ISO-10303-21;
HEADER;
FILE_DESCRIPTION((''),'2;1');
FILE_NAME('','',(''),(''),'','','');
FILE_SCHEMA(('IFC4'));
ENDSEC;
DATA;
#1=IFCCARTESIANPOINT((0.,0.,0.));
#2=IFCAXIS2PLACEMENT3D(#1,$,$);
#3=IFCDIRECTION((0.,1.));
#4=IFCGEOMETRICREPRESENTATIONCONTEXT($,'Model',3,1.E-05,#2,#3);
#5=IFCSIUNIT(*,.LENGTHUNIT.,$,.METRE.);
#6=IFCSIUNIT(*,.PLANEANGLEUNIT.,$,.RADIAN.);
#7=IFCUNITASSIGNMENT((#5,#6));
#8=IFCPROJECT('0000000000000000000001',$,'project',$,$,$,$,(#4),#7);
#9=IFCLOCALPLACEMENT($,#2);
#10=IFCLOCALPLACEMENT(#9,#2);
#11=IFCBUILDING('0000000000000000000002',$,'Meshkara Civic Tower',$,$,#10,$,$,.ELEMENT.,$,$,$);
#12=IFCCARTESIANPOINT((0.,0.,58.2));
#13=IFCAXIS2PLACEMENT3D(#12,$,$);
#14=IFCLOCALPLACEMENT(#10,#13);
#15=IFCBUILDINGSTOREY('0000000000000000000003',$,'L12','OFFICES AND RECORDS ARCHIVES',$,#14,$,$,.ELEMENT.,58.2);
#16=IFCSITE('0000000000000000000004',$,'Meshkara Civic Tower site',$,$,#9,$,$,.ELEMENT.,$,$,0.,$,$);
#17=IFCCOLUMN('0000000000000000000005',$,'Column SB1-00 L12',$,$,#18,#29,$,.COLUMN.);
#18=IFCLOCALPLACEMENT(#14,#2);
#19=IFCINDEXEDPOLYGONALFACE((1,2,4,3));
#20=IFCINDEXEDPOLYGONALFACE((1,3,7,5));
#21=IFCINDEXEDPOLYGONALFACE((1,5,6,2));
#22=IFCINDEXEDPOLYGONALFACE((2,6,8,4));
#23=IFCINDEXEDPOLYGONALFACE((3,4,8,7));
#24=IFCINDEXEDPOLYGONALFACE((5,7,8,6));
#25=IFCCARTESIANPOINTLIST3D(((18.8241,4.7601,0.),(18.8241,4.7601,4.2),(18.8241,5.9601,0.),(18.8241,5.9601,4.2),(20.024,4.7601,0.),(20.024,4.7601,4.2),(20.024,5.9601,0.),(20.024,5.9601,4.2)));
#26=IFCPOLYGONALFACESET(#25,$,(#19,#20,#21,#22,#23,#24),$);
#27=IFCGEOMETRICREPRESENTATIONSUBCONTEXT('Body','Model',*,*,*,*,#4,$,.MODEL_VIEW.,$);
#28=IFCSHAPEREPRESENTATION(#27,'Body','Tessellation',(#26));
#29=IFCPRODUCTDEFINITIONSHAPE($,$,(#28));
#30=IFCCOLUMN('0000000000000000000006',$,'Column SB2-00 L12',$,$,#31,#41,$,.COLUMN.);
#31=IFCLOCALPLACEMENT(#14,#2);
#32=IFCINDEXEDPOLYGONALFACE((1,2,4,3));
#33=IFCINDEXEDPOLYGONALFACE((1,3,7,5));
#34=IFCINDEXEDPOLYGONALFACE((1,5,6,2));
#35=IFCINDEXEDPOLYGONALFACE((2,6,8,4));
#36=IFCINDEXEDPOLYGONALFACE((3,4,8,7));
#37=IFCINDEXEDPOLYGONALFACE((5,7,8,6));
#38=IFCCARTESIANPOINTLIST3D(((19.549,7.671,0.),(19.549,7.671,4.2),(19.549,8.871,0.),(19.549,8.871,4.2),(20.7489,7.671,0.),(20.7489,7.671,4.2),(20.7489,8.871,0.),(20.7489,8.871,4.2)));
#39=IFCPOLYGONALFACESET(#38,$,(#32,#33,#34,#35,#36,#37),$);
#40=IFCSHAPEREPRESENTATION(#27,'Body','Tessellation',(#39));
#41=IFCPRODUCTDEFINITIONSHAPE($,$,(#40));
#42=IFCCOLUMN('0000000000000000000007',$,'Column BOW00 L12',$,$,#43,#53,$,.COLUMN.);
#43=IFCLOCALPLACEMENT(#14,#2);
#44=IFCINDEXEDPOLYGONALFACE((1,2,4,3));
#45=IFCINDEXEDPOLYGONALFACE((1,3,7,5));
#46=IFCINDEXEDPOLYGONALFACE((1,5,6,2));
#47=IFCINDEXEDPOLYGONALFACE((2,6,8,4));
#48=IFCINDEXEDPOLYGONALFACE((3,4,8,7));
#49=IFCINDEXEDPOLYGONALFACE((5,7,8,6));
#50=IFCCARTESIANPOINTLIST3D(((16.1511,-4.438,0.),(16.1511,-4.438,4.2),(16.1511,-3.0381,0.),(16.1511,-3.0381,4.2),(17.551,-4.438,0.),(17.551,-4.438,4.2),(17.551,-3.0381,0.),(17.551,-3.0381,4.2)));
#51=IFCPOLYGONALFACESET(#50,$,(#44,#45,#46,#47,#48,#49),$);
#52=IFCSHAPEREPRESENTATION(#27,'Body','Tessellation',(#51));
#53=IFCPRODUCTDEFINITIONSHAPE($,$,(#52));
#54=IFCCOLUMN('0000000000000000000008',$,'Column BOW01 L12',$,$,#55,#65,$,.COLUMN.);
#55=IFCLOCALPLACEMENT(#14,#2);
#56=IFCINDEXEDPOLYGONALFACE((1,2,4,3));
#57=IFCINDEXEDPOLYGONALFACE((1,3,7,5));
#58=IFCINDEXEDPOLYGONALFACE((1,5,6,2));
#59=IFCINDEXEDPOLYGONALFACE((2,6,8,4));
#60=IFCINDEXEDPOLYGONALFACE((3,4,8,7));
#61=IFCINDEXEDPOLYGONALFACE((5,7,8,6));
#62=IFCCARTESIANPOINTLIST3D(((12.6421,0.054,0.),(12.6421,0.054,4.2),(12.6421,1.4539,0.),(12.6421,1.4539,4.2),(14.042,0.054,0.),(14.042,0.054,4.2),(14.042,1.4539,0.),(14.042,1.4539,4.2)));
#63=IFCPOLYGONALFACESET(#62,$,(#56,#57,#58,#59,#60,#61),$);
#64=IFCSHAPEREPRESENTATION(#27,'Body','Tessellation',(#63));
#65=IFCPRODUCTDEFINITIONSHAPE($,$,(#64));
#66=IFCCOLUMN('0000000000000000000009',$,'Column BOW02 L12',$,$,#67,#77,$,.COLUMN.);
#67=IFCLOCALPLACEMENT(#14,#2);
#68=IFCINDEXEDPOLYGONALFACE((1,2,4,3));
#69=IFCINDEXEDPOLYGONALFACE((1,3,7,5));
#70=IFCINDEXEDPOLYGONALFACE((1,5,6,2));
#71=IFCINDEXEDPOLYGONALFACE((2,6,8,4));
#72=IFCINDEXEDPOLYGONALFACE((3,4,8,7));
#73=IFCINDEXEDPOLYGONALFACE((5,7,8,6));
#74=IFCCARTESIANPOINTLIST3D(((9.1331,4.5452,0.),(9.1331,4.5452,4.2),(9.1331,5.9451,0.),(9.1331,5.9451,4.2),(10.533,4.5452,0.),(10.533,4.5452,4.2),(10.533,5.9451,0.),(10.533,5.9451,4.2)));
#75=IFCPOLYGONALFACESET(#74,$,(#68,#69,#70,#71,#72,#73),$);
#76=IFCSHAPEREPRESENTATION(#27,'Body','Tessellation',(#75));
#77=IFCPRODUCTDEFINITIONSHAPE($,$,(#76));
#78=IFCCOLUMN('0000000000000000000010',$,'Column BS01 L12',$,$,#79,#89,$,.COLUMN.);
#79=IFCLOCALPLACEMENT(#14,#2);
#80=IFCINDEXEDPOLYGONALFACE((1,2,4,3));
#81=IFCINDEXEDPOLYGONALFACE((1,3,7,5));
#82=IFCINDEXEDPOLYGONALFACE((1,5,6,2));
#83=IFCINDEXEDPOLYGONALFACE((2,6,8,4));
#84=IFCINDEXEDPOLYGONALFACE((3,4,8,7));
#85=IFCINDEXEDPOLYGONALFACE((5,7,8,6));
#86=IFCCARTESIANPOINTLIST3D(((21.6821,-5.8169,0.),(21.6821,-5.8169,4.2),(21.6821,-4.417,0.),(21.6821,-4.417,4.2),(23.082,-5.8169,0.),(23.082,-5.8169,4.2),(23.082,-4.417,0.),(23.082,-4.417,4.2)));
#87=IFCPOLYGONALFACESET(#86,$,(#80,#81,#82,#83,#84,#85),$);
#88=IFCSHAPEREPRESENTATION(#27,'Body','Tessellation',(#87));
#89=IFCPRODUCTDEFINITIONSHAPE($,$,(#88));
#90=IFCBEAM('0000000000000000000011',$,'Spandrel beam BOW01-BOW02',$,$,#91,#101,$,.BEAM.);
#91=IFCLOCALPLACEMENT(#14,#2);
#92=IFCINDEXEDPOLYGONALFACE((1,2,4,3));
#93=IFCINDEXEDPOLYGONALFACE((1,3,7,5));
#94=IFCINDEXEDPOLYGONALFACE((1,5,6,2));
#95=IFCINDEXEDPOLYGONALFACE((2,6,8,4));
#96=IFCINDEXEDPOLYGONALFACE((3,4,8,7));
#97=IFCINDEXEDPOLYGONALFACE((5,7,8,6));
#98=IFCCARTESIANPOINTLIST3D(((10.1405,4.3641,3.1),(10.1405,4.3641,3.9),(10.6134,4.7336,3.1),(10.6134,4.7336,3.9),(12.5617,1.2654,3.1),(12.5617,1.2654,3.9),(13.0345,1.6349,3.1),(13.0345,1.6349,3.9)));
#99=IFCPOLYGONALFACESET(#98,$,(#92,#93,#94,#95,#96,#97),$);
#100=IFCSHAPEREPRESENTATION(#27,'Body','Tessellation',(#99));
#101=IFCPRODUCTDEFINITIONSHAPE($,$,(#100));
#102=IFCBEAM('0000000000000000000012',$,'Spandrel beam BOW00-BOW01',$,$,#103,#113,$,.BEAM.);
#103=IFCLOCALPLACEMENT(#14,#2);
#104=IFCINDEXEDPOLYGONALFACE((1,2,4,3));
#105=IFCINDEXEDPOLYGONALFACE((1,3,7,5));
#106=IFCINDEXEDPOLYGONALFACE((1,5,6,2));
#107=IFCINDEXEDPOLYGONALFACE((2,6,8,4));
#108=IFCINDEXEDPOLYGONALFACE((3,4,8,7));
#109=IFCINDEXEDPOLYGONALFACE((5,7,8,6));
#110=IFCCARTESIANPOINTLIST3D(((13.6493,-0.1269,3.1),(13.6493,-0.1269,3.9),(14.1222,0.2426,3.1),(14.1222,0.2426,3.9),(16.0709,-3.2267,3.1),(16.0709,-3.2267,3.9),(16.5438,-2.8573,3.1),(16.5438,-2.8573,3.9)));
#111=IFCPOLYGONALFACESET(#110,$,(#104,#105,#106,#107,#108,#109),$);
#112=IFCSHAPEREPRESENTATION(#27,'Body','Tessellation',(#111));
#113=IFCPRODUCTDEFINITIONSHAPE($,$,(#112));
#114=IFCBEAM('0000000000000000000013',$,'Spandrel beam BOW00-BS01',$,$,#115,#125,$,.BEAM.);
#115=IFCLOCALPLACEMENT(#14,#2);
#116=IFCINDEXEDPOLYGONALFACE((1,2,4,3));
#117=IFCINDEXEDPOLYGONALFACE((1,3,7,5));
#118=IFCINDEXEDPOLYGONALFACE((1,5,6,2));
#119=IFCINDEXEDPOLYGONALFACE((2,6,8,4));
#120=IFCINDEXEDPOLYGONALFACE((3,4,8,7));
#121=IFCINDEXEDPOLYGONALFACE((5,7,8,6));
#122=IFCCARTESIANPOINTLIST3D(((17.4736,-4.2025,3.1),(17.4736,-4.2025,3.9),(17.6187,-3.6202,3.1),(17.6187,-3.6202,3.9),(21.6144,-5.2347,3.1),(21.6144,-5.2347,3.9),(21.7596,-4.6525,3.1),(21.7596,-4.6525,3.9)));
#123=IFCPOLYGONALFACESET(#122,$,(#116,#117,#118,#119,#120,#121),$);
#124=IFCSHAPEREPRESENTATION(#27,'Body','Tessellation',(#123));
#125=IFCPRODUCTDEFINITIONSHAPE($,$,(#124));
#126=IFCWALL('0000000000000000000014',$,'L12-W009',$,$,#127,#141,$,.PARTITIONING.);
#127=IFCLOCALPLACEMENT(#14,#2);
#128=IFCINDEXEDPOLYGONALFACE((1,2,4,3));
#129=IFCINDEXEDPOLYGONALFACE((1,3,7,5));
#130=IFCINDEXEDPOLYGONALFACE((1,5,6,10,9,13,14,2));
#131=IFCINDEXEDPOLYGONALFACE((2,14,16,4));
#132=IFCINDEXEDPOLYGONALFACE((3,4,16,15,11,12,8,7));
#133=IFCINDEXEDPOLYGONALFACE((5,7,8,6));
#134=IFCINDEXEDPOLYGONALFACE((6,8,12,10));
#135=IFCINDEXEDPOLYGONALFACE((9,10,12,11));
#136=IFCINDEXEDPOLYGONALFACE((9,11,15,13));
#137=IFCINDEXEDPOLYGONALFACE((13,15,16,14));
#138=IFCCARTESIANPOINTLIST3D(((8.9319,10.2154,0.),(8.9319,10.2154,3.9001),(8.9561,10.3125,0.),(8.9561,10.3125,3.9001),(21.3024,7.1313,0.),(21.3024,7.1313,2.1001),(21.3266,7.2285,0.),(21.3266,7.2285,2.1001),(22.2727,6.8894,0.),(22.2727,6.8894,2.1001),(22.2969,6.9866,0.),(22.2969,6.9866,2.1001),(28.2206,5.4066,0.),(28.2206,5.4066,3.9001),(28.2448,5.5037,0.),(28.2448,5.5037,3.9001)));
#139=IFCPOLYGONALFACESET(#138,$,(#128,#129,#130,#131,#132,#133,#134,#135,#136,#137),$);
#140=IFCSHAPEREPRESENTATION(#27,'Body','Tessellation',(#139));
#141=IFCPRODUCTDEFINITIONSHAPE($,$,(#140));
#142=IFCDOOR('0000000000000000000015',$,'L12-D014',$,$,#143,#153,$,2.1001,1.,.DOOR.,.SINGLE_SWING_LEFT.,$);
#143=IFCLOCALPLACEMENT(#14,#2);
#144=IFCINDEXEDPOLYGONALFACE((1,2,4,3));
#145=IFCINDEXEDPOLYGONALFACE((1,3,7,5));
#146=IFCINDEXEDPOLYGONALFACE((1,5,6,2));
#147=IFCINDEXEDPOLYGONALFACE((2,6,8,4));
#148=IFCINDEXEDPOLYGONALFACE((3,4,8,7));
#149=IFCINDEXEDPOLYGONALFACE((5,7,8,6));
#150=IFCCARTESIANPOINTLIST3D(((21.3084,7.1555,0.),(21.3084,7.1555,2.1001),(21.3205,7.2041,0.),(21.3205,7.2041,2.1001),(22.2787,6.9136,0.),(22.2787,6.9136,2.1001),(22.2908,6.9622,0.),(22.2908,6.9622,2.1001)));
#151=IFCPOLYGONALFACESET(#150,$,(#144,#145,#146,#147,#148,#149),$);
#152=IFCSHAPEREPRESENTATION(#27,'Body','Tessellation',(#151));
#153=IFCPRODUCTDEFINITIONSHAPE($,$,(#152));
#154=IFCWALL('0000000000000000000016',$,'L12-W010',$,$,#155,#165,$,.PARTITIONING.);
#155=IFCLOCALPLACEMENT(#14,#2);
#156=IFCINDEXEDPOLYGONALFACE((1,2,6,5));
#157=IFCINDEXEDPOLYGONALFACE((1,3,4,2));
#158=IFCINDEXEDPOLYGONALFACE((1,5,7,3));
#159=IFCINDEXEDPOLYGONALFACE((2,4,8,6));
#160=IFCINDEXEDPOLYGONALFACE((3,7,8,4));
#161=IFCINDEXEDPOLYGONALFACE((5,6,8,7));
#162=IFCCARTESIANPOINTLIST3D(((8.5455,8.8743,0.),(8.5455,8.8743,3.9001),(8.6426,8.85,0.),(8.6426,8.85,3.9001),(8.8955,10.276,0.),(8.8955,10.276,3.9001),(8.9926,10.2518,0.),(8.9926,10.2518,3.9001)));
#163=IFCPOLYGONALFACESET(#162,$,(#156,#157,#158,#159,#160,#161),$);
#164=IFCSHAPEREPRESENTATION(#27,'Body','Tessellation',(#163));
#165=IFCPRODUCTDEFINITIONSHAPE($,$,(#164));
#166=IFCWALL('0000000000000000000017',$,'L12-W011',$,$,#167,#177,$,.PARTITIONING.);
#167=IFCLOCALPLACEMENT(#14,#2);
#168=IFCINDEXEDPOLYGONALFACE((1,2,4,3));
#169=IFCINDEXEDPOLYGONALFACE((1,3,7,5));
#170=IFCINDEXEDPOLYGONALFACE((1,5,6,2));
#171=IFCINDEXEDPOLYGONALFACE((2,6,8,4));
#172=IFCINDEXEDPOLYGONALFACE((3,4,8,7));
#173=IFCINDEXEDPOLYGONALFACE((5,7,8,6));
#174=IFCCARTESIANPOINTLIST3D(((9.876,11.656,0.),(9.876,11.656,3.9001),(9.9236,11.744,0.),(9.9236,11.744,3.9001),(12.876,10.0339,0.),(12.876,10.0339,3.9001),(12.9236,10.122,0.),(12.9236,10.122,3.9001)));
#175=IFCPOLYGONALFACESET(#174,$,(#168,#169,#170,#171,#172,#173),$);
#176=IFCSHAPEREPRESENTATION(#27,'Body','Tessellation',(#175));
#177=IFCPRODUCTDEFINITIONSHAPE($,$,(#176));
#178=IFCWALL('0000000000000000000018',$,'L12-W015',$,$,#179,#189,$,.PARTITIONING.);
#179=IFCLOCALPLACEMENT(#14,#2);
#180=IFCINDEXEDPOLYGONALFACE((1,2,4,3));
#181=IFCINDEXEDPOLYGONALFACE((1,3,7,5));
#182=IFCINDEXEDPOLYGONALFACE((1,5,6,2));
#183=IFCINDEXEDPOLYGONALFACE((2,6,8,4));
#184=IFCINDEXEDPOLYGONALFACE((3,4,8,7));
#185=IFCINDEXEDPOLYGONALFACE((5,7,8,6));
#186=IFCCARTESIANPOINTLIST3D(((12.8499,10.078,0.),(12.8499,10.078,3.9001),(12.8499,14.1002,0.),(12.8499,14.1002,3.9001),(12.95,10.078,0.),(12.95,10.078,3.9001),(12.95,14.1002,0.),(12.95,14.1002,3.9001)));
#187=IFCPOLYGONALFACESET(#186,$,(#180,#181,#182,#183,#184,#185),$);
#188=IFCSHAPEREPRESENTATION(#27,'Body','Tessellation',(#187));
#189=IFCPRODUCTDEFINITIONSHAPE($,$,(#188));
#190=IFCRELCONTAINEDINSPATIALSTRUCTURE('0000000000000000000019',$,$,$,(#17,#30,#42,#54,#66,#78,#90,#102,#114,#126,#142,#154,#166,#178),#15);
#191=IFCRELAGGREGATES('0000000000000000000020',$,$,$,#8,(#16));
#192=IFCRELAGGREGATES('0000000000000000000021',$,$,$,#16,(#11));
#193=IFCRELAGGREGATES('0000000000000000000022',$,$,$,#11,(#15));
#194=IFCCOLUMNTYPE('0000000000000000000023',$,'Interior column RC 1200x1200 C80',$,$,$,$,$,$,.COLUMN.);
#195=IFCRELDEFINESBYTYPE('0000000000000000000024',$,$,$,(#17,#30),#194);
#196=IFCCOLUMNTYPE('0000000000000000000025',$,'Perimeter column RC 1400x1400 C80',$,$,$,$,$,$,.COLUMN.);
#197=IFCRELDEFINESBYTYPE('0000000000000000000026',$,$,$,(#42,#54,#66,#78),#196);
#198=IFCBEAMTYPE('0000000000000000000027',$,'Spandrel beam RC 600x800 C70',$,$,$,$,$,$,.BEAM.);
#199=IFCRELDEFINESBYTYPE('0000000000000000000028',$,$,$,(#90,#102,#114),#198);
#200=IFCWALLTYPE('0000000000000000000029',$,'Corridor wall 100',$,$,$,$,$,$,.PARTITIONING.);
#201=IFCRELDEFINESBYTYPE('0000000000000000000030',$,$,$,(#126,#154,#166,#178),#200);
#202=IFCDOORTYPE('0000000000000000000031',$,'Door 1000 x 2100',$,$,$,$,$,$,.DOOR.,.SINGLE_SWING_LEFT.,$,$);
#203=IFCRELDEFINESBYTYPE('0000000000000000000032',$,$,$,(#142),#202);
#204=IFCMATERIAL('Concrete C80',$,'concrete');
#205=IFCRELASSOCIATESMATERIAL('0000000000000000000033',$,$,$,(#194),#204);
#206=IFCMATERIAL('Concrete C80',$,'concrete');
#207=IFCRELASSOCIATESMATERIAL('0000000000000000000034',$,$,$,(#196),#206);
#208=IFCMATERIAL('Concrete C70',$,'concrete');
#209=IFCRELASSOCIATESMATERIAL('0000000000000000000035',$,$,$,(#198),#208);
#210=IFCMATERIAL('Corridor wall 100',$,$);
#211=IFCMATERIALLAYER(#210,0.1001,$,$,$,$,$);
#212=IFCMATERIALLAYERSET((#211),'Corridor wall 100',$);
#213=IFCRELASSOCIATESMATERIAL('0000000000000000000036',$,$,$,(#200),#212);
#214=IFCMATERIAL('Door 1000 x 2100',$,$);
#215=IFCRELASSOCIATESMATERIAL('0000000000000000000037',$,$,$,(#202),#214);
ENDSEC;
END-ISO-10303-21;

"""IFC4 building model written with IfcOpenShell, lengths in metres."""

from ifc_helpers import new_model, si_unit, direction, frame, frame_2d, origin, origin_2d, place, context, subcontext, project, spatial, rectangle, extrude, material, layer, layer_set, material_profile, profile_set, type_object, element, fill, save


model = new_model("IFC4")

# Units and contexts
model_context = context("Model", 3, precision=1e-05, world=origin(), true_north=direction((0.0, 1.0)))
body_context = subcontext(model_context, "Body", "Model", "MODEL_VIEW")
ifc_project = project(units=[si_unit("LENGTHUNIT", "METRE"), si_unit("PLANEANGLEUNIT", "RADIAN")], contexts=[model_context])

# Site, building, storey
site_placement = place(None, origin())
site = spatial("IfcSite", under=ifc_project, at=site_placement, Name="Meshkara Civic Tower site", CompositionType="ELEMENT", RefElevation=0.0)
building_placement = place(site_placement, origin())
building = spatial("IfcBuilding", under=site, at=building_placement, Name="Meshkara Civic Tower", CompositionType="ELEMENT")
storey_placement = place(building_placement, frame((0.0, 0.0, 58.2)))
storey = spatial("IfcBuildingStorey", under=building, at=storey_placement, Name="L12", Description="OFFICES AND RECORDS ARCHIVES", CompositionType="ELEMENT", Elevation=58.2)

# Columns
ifc_material_1 = material(Name="Concrete C80", Category="concrete")
ifc_material_profile_1 = material_profile(ifc_material_1, rectangle(XDim=1.2, YDim=1.2, at=origin_2d()))
ifc_profile_set_1 = profile_set([ifc_material_profile_1], Name="Concrete C80")
column_type_1 = type_object("IfcColumnType", Name="Interior column RC 1200x1200 C80", PredefinedType="COLUMN", material=ifc_profile_set_1)
for number, where, z_axis, x_axis, name in (
    (1, (19.4241, 5.3601, 0.0), (0.0, 0.0, 1.0), (1.0, 0.0, 0.0), "Column SB1-00 L12"),
    (2, (20.1489, 8.271, 0.0), (0.0, 0.0, 1.0), (1.0, 0.0, 0.0), "Column SB2-00 L12"),
):
    element("IfcColumn", number, at=place(storey_placement, frame(where, z_axis=z_axis, x_axis=x_axis)), inside=storey, type_object=column_type_1, Name=name, PredefinedType="COLUMN", context=body_context, shape_type="SweptSolid", body=[
        extrude(rectangle(XDim=1.2, YDim=1.2, at=origin_2d()), origin(), (0.0, 0.0, 1.0), 4.2),
    ])
ifc_material_2 = material(Name="Concrete C80", Category="concrete")
ifc_material_profile_2 = material_profile(ifc_material_2, rectangle(XDim=1.3999, YDim=1.3999, at=origin_2d()))
ifc_profile_set_2 = profile_set([ifc_material_profile_2], Name="Concrete C80")
column_type_2 = type_object("IfcColumnType", Name="Perimeter column RC 1400x1400 C80", PredefinedType="COLUMN", material=ifc_profile_set_2)
for number, where, z_axis, x_axis, name in (
    (3, (16.8511, -3.738, 0.0), (0.0, 0.0, 1.0), (1.0, 0.0, 0.0), "Column BOW00 L12"),
    (4, (13.342, 0.7539, 0.0), (0.0, 0.0, 1.0), (1.0, 0.0, 0.0), "Column BOW01 L12"),
    (5, (9.833, 5.2451, 0.0), (0.0, 0.0, 1.0), (1.0, 0.0, 0.0), "Column BOW02 L12"),
    (6, (22.3821, -5.1169, 0.0), (0.0, 0.0, 1.0), (1.0, 0.0, 0.0), "Column BS01 L12"),
):
    element("IfcColumn", number, at=place(storey_placement, frame(where, z_axis=z_axis, x_axis=x_axis)), inside=storey, type_object=column_type_2, Name=name, PredefinedType="COLUMN", context=body_context, shape_type="SweptSolid", body=[
        extrude(rectangle(XDim=1.3999, YDim=1.3999, at=origin_2d()), origin(), (0.0, 0.0, 1.0), 4.2),
    ])

# Beams
ifc_material_3 = material(Name="Concrete C70", Category="concrete")
ifc_material_profile_3 = material_profile(ifc_material_3, rectangle(XDim=0.6001, YDim=0.8, at=origin_2d()))
ifc_profile_set_3 = profile_set([ifc_material_profile_3], Name="Concrete C70")
beam_type = type_object("IfcBeamType", Name="Spandrel beam RC 600x800 C70", PredefinedType="BEAM", material=ifc_profile_set_3)
beam_1_placement = place(storey_placement, frame((10.377, 4.5488, 3.5), z_axis=(0.615697, -0.787983, 0.0), x_axis=(0.787983, 0.615697, 0.0)))
element("IfcBeam", 7, at=beam_1_placement, inside=storey, type_object=beam_type, Name="Spandrel beam BOW01-BOW02", PredefinedType="BEAM", context=body_context, shape_type="SweptSolid", body=[
    extrude(rectangle(XDim=0.6001, YDim=0.8, at=origin_2d()), origin(), (0.0, 0.0, 1.0), 3.9324),
])
beam_2_placement = place(storey_placement, frame((13.8857, 0.0579, 3.5), z_axis=(0.615624, -0.78804, 0.0), x_axis=(0.78804, 0.615624, 0.0)))
element("IfcBeam", 8, at=beam_2_placement, inside=storey, type_object=beam_type, Name="Spandrel beam BOW00-BOW01", PredefinedType="BEAM", context=body_context, shape_type="SweptSolid", body=[
    extrude(rectangle(XDim=0.6001, YDim=0.8, at=origin_2d()), origin(), (0.0, 0.0, 1.0), 3.9336),
])
beam_3_placement = place(storey_placement, frame((17.5461, -3.9114, 3.5), z_axis=(0.970307, -0.241876, 0.0), x_axis=(0.241876, 0.970307, 0.0)))
element("IfcBeam", 9, at=beam_3_placement, inside=storey, type_object=beam_type, Name="Spandrel beam BOW00-BS01", PredefinedType="BEAM", context=body_context, shape_type="SweptSolid", body=[
    extrude(rectangle(XDim=0.6001, YDim=0.8, at=origin_2d()), origin(), (0.0, 0.0, 1.0), 4.2676),
])

# Wall, opening, door
ifc_material_4 = material(Name="Corridor wall 100")
ifc_layer_1 = layer(ifc_material_4, 0.1001)
ifc_layer_set_1 = layer_set([ifc_layer_1], Name="Corridor wall 100")
wall_type_1 = type_object("IfcWallType", Name="Corridor wall 100", PredefinedType="PARTITIONING", material=ifc_layer_set_1)
wall_1_placement = place(storey_placement, frame((8.9441, 10.2639, 0.0), z_axis=(0.0, 0.0, 1.0), x_axis=(0.970301, -0.241903, 0.0)))
wall_1 = element("IfcWall", 10, at=wall_1_placement, inside=storey, type_object=wall_type_1, Name="L12-W009", PredefinedType="PARTITIONING", context=body_context, shape_type="SweptSolid", body=[
    extrude(rectangle(XDim=19.8792, YDim=0.1001, at=frame_2d((9.9395, 0.0))), origin(), (0.0, 0.0, 1.0), 3.9001),
])
opening_1_placement = place(wall_1_placement, frame((12.749, 0.0, 0.0)))
opening_1 = element("IfcOpeningElement", 11, at=opening_1_placement, cuts=wall_1, PredefinedType="OPENING", context=body_context, shape_type="SweptSolid", body=[
    extrude(rectangle(XDim=1.0, YDim=2.1001, at=frame_2d((0.5, 1.05))), frame((0.0, 0.0601, 0.0), z_axis=(0.0, -1.0, 0.0), x_axis=(1.0, 0.0, 0.0)), (0.0, 0.0, 1.0), 0.1201),
])
ifc_material_5 = material(Name="Door 1000 x 2100")
door_type = type_object("IfcDoorType", Name="Door 1000 x 2100", OperationType="SINGLE_SWING_LEFT", PredefinedType="DOOR", material=ifc_material_5)
door_placement = place(opening_1_placement, origin())
door = element("IfcDoor", 12, at=door_placement, inside=storey, type_object=door_type, Name="L12-D014", OperationType="SINGLE_SWING_LEFT", OverallHeight=2.1001, OverallWidth=1.0, PredefinedType="DOOR", context=body_context, shape_type="SweptSolid", body=[
    extrude(rectangle(XDim=1.0, YDim=2.1001, at=frame_2d((0.5, 1.05))), frame((0.0, 0.0249, 0.0), z_axis=(0.0, -1.0, 0.0), x_axis=(1.0, 0.0, 0.0)), (0.0, 0.0, 1.0), 0.05),
])
fill(opening_1, door)

# Walls
wall_2_placement = place(storey_placement, frame((8.9441, 10.2639, 0.0), z_axis=(0.0, 0.0, 1.0), x_axis=(-0.242297, -0.970202, 0.0)))
element("IfcWall", 13, at=wall_2_placement, inside=storey, type_object=wall_type_1, Name="L12-W010", PredefinedType="PARTITIONING", context=body_context, shape_type="SweptSolid", body=[
    extrude(rectangle(XDim=1.4448, YDim=0.1001, at=frame_2d((0.7224, 0.0))), origin(), (0.0, 0.0, 1.0), 3.9001),
])
wall_3_placement = place(storey_placement, frame((9.8999, 11.7, 0.0), z_axis=(0.0, 0.0, 1.0), x_axis=(0.879651, -0.475619, 0.0)))
element("IfcWall", 14, at=wall_3_placement, inside=storey, type_object=wall_type_1, Name="L12-W011", PredefinedType="PARTITIONING", context=body_context, shape_type="SweptSolid", body=[
    extrude(rectangle(XDim=3.4104, YDim=0.1001, at=frame_2d((1.7051, 0.0))), origin(), (0.0, 0.0, 1.0), 3.9001),
])
wall_4_placement = place(storey_placement, frame((12.8999, 10.0779, 0.0), z_axis=(0.0, 0.0, 1.0), x_axis=(0.0, 1.0, 0.0)))
element("IfcWall", 15, at=wall_4_placement, inside=storey, type_object=wall_type_1, Name="L12-W015", PredefinedType="PARTITIONING", context=body_context, shape_type="SweptSolid", body=[
    extrude(rectangle(XDim=4.0222, YDim=0.1001, at=frame_2d((2.0112, 0.0))), origin(), (0.0, 0.0, 1.0), 3.9001),
])

save(model, "model.ifc")
